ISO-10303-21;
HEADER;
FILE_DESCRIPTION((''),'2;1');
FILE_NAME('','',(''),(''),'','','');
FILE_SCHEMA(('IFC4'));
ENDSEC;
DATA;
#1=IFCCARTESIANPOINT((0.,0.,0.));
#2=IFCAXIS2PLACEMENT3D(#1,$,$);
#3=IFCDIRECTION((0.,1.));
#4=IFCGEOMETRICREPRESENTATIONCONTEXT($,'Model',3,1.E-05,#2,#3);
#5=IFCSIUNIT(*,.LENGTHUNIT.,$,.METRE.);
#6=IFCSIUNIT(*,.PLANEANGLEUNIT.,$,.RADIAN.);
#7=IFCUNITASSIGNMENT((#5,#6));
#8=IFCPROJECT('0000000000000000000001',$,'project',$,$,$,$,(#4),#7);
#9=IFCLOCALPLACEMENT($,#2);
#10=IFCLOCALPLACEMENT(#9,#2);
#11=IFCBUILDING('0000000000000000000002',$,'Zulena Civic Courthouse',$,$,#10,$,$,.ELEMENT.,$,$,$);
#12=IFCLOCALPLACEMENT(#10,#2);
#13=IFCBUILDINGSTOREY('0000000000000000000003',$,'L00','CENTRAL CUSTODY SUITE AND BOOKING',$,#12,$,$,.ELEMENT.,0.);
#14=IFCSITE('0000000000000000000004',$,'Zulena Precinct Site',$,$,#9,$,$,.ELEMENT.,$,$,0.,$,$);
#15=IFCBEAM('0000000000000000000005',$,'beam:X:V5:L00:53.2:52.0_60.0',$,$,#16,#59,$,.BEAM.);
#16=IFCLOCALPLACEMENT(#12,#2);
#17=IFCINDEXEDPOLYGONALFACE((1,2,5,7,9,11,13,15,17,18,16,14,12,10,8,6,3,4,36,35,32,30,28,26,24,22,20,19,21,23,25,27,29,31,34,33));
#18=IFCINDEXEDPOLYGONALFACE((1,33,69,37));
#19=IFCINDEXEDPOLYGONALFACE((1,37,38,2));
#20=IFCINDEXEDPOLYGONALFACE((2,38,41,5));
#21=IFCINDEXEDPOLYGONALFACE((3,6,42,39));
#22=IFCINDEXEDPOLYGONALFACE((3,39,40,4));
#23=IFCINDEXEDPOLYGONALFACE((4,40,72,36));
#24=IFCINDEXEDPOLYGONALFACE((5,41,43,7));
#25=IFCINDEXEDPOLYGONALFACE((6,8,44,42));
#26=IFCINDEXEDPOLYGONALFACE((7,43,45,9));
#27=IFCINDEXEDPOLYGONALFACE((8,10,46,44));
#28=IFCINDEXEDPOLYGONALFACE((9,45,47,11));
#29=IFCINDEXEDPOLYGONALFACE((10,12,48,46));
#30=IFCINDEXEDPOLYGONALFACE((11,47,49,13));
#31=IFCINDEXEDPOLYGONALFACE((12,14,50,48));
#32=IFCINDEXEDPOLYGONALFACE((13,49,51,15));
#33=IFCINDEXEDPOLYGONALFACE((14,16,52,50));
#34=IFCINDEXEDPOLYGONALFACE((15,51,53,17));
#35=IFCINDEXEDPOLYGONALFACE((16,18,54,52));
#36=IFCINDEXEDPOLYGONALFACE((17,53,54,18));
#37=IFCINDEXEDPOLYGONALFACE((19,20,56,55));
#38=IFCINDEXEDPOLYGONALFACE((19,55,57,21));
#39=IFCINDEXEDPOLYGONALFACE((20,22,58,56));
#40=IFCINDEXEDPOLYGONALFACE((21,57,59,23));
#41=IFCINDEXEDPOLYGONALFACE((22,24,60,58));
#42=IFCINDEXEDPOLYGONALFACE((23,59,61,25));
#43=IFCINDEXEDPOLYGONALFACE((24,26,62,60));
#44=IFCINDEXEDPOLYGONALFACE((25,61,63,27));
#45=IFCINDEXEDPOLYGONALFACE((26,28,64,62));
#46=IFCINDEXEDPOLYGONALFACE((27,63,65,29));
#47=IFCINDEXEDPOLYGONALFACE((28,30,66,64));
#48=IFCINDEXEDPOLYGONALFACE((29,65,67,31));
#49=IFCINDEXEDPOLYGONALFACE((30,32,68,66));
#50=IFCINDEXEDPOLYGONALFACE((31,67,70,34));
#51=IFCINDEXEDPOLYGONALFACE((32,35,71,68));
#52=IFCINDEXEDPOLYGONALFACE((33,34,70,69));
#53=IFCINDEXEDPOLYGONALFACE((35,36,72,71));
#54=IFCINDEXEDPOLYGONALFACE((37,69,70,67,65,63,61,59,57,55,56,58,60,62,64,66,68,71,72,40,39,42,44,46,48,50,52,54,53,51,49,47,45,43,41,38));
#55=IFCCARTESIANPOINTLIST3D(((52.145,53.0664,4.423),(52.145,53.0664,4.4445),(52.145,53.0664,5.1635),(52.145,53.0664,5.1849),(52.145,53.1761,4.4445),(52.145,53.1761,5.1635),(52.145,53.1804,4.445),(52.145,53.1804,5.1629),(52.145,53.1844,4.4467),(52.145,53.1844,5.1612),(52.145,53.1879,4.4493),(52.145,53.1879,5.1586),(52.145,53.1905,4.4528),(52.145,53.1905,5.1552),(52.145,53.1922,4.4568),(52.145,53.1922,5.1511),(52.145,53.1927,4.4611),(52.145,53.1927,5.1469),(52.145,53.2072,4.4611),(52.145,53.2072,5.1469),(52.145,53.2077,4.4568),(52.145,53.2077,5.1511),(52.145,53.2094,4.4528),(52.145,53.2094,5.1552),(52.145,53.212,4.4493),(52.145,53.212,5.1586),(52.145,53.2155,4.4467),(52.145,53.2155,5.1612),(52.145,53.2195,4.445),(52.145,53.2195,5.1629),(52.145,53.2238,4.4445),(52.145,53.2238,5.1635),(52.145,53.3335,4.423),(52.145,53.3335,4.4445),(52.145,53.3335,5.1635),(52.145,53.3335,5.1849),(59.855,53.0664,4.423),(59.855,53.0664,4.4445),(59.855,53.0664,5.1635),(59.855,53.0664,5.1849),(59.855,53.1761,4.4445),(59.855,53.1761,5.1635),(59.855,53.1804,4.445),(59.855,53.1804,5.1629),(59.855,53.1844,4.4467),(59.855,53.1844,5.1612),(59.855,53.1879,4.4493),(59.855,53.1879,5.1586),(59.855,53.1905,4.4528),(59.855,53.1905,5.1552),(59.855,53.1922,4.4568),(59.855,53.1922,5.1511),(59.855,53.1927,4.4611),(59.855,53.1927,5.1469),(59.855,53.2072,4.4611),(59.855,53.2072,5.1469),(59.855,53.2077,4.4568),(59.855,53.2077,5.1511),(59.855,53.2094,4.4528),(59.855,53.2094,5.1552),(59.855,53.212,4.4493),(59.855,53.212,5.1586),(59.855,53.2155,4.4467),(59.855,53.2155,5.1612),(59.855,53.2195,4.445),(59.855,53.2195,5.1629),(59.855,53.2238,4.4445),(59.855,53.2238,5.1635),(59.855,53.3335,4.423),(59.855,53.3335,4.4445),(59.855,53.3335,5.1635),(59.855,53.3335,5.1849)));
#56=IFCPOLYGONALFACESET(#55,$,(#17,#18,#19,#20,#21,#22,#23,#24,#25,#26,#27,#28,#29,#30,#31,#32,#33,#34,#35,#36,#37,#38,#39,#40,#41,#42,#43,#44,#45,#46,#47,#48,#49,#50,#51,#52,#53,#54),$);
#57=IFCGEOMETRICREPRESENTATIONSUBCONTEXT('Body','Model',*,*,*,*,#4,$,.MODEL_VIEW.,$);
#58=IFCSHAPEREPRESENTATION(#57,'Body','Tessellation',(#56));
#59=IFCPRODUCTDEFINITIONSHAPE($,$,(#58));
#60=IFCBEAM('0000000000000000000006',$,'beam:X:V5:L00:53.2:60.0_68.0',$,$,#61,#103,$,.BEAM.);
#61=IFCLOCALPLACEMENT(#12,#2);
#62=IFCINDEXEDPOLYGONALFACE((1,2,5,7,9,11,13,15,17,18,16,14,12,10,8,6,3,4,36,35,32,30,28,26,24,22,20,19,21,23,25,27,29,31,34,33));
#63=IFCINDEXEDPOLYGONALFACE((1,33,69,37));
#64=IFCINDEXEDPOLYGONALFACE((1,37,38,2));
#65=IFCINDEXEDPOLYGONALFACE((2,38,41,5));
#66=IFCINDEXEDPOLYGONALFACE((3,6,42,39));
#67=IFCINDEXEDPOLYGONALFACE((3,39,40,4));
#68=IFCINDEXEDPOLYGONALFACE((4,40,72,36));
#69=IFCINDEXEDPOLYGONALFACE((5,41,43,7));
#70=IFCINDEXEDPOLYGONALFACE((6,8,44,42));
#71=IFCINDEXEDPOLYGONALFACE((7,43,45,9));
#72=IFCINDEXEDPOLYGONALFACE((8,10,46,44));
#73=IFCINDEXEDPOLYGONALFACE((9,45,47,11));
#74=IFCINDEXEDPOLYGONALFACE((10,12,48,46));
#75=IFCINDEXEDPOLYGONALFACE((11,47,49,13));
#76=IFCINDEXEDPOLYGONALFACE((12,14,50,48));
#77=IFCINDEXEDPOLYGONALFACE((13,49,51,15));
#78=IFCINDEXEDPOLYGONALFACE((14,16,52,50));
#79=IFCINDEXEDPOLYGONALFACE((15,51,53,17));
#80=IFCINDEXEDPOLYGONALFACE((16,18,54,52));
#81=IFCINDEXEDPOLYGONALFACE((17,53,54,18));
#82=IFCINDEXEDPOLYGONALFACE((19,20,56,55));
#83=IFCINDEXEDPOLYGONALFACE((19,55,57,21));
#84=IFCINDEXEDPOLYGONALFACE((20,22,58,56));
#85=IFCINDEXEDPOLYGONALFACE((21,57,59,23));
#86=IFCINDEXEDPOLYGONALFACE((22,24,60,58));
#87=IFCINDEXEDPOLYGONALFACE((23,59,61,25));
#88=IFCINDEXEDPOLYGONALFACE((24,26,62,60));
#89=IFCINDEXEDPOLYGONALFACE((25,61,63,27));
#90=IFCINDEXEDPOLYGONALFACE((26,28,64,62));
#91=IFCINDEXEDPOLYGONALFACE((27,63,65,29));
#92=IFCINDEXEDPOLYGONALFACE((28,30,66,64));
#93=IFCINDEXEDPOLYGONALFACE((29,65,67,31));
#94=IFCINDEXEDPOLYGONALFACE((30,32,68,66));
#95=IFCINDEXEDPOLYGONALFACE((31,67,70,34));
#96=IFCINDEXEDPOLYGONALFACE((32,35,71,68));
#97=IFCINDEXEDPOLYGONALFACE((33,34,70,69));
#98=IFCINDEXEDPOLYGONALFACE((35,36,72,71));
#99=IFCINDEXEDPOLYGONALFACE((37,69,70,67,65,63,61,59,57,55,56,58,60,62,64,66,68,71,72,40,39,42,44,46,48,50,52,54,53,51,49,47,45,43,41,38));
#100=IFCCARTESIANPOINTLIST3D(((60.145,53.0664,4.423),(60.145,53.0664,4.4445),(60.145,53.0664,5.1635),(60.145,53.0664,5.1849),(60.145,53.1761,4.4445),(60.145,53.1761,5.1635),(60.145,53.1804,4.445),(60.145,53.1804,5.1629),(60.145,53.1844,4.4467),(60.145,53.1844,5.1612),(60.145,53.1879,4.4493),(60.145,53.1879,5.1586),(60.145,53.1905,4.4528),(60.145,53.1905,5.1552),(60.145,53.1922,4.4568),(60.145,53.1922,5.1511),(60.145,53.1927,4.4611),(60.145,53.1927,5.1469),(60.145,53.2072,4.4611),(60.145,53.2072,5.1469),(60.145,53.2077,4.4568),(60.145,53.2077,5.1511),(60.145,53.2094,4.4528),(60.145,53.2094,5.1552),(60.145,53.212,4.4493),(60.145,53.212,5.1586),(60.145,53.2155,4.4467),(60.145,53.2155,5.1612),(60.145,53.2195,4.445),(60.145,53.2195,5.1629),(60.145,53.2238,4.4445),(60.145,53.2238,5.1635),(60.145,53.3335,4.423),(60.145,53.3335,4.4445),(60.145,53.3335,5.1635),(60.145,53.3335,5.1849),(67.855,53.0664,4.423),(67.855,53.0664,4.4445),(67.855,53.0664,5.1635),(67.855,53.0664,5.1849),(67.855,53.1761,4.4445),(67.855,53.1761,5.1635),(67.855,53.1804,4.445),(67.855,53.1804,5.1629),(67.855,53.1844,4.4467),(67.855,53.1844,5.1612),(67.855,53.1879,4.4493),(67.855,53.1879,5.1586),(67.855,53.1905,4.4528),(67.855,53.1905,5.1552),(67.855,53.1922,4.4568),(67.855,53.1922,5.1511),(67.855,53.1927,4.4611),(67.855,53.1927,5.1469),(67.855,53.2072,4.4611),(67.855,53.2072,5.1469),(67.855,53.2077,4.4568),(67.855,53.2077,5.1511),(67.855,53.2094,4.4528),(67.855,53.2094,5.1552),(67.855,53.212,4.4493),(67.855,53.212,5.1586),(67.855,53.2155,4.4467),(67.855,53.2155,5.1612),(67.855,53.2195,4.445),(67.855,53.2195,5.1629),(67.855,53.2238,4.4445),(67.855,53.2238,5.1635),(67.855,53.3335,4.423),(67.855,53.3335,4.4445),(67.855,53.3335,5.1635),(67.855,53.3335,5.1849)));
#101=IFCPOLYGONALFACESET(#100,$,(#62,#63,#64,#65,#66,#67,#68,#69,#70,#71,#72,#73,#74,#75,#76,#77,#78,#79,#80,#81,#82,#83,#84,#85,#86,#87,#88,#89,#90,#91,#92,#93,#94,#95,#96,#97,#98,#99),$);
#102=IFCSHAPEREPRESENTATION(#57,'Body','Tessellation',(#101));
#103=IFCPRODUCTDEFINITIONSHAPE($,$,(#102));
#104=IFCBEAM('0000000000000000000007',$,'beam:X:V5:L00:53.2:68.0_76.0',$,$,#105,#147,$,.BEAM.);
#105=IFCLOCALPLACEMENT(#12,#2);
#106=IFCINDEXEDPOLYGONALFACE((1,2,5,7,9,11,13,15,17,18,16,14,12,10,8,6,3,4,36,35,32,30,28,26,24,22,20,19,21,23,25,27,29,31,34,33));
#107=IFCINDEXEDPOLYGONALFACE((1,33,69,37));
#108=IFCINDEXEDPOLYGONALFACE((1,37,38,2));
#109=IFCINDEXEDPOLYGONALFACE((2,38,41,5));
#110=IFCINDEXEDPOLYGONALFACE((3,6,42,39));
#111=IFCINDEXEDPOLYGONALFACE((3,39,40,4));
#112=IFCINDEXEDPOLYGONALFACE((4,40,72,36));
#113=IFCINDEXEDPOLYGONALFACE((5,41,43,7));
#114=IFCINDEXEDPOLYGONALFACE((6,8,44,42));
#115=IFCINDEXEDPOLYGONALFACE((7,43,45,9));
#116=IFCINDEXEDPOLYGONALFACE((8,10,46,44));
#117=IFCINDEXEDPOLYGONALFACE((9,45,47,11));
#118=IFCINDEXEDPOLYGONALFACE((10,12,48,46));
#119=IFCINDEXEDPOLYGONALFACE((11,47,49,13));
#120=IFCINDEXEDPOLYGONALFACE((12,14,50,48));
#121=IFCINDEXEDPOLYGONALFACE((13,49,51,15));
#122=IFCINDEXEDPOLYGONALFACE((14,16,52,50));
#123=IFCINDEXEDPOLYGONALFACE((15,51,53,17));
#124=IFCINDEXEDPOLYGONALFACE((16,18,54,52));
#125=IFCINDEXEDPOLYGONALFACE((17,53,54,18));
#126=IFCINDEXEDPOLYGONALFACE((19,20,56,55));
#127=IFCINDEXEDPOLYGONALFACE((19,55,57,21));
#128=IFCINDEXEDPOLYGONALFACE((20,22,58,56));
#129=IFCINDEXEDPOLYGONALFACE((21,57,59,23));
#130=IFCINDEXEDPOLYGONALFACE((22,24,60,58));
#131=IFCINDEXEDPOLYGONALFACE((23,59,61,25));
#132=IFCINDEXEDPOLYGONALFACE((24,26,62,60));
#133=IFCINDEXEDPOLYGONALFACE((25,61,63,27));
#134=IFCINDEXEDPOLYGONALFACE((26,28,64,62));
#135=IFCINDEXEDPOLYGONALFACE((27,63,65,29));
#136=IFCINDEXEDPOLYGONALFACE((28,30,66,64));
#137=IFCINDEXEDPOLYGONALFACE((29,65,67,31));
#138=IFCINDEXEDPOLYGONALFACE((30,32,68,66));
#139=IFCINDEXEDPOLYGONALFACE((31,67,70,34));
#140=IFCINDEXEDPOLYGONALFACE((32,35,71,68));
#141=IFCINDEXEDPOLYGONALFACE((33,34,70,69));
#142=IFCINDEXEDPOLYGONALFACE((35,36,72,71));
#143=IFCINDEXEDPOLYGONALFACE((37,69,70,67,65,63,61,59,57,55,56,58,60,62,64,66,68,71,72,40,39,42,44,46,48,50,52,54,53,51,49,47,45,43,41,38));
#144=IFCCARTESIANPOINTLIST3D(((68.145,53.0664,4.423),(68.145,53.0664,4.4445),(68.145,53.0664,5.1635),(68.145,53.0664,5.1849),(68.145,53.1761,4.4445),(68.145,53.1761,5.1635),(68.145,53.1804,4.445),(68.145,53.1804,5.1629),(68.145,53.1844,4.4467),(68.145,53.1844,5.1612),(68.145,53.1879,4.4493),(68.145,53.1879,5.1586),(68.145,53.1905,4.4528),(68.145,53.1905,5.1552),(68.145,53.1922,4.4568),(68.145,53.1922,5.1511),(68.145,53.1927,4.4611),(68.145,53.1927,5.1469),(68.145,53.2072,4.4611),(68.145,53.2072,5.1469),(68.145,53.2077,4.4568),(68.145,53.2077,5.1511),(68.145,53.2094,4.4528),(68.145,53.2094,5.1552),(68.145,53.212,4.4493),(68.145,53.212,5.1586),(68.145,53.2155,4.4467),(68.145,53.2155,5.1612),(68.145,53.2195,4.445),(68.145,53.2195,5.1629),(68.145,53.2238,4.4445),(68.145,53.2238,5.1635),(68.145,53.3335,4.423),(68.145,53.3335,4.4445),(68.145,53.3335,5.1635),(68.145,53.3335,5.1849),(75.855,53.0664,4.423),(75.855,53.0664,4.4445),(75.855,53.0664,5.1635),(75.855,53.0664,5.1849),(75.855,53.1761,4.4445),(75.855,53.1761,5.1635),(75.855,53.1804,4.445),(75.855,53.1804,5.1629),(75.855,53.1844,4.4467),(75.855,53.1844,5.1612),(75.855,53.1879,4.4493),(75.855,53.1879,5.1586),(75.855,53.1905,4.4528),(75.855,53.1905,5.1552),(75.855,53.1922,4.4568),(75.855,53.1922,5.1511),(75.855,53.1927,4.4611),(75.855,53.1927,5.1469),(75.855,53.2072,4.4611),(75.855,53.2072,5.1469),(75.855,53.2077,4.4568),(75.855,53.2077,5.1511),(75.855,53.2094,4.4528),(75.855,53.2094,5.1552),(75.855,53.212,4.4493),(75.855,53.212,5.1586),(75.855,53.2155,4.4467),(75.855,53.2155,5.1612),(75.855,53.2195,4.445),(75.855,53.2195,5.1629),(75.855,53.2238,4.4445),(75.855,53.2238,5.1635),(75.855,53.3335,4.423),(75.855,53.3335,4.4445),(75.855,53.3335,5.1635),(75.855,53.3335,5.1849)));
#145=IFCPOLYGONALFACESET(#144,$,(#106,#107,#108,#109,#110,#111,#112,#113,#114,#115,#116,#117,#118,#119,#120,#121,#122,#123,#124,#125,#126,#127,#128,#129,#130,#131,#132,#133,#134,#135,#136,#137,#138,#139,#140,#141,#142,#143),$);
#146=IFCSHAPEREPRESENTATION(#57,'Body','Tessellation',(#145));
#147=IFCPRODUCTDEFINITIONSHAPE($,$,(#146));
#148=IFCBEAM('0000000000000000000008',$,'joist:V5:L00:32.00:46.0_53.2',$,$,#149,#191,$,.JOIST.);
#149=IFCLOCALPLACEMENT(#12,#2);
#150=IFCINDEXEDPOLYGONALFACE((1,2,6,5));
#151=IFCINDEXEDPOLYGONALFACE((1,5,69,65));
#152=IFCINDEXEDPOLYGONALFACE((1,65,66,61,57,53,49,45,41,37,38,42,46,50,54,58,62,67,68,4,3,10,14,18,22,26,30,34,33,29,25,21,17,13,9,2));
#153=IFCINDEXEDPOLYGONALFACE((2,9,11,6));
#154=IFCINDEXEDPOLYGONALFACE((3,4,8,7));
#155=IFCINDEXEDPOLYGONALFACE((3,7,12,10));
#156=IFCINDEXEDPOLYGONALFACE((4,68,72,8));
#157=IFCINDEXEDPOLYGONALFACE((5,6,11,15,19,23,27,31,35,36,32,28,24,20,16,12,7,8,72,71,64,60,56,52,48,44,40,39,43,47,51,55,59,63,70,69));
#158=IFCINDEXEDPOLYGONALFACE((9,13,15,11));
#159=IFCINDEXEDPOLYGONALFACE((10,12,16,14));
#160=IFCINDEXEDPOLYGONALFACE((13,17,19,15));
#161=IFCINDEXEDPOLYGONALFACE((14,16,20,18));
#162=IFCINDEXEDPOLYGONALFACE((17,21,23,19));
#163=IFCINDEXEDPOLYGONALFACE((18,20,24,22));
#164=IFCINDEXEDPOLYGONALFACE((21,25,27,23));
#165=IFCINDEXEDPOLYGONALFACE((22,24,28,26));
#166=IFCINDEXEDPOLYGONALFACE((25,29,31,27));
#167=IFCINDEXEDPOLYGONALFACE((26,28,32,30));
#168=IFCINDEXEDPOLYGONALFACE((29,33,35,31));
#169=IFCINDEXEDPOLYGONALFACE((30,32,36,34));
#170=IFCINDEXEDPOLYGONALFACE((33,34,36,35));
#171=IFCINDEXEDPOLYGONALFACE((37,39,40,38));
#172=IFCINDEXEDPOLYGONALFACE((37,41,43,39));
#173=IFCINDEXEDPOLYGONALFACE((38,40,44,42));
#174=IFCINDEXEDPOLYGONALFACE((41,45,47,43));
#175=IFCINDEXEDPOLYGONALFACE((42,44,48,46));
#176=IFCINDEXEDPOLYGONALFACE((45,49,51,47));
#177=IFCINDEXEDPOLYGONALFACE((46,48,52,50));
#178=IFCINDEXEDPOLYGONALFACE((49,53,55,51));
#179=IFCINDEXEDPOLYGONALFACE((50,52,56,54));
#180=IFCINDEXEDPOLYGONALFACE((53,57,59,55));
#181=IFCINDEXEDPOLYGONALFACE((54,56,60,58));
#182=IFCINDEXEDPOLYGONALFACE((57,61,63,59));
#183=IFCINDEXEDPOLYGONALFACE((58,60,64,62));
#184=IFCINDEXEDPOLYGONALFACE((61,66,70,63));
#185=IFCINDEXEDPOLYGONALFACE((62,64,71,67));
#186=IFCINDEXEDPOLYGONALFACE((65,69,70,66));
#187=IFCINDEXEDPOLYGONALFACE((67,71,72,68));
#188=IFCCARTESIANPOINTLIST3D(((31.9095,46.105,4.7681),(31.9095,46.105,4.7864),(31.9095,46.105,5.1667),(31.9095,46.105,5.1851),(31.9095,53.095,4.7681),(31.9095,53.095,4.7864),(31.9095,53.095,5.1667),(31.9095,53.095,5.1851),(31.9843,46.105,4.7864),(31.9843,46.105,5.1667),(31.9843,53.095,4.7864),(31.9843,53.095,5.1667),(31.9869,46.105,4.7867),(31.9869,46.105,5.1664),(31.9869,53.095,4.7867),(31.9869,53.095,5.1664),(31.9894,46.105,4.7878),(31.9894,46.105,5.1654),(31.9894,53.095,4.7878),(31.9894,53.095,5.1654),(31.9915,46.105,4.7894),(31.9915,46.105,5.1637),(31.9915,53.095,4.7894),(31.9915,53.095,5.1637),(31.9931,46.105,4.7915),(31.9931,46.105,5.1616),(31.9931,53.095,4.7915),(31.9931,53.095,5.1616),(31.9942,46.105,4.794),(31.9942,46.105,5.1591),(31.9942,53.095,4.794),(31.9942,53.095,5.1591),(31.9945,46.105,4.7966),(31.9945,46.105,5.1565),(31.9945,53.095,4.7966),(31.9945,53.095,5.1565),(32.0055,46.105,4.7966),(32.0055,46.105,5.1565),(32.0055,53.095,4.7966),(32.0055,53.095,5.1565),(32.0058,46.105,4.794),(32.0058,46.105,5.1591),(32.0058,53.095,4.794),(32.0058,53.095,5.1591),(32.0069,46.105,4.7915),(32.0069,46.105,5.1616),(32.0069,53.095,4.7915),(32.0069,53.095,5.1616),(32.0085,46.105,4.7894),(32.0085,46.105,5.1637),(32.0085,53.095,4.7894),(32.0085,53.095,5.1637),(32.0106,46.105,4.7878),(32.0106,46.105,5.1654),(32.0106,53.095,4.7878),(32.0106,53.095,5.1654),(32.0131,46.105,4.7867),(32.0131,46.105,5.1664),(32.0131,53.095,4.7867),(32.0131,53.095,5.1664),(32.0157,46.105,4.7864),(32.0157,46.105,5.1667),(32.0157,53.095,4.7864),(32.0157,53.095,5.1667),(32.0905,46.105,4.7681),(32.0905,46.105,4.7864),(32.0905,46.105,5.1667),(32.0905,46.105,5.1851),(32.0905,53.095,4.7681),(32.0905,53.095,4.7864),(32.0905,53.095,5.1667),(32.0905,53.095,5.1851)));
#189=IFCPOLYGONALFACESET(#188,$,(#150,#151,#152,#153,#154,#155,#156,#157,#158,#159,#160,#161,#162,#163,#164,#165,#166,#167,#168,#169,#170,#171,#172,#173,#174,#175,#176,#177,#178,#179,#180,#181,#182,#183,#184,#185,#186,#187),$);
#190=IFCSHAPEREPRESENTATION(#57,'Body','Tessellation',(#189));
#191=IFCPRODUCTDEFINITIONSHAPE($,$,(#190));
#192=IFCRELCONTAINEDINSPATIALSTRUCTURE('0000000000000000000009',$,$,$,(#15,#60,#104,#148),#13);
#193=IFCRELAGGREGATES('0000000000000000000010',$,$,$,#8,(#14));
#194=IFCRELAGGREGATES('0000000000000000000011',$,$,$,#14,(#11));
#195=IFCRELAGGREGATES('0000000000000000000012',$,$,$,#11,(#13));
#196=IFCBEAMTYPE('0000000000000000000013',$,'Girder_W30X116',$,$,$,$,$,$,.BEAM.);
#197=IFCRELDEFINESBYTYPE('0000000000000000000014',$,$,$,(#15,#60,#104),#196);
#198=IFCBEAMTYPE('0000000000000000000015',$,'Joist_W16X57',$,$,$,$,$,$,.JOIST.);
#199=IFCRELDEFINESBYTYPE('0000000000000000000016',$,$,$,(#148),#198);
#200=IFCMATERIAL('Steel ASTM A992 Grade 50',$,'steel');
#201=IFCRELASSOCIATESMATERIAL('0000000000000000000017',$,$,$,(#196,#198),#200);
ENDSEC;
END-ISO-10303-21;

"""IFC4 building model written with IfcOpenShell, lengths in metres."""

from ifc_helpers import new_model, si_unit, direction, frame, origin, origin_2d, place, context, subcontext, project, spatial, i_section, extrude, material, material_profile, profile_set, type_object, element, save


model = new_model("IFC4")

# Units and contexts
model_context = context("Model", 3, precision=1e-05, world=origin(), true_north=direction((0.0, 1.0)))
body_context = subcontext(model_context, "Body", "Model", "MODEL_VIEW")
ifc_project = project(units=[si_unit("LENGTHUNIT", "METRE"), si_unit("PLANEANGLEUNIT", "RADIAN")], contexts=[model_context])

# Site, building, storey
site_placement = place(None, origin())
site = spatial("IfcSite", under=ifc_project, at=site_placement, Name="Zulena Precinct Site", CompositionType="ELEMENT", RefElevation=0.0)
building_placement = place(site_placement, origin())
building = spatial("IfcBuilding", under=site, at=building_placement, Name="Zulena Civic Courthouse", CompositionType="ELEMENT")
storey_placement = place(building_placement, origin())
storey = spatial("IfcBuildingStorey", under=building, at=storey_placement, Name="L00", Description="CENTRAL CUSTODY SUITE AND BOOKING", CompositionType="ELEMENT", Elevation=0.0)

# Shared definitions
ifc_material_1 = material(Name="Steel ASTM A992 Grade 50", Category="steel")

# Beams
ifc_material_profile_1 = material_profile(ifc_material_1, i_section(OverallWidth=0.2671, OverallDepth=0.762, WebThickness=0.0144, FlangeThickness=0.0215, FilletRadius=0.0166, at=origin_2d()), Name="W30X116")
ifc_profile_set_1 = profile_set([ifc_material_profile_1], Name="Steel ASTM A992 Grade 50")
beam_type_1 = type_object("IfcBeamType", Name="Girder_W30X116", PredefinedType="BEAM", material=ifc_profile_set_1)
for number, where, z_axis, x_axis, name in (
    (1, (52.145, 53.2, 4.804), (1.0, 0.0, 0.0), (0.0, 1.0, 0.0), "beam:X:V5:L00:53.2:52.0_60.0"),
    (2, (60.145, 53.2, 4.804), (1.0, 0.0, 0.0), (0.0, 1.0, 0.0), "beam:X:V5:L00:53.2:60.0_68.0"),
    (3, (68.145, 53.2, 4.804), (1.0, 0.0, 0.0), (0.0, 1.0, 0.0), "beam:X:V5:L00:53.2:68.0_76.0"),
):
    element("IfcBeam", number, at=place(storey_placement, frame(where, z_axis=z_axis, x_axis=x_axis)), inside=storey, type_object=beam_type_1, Name=name, PredefinedType="BEAM", context=body_context, shape_type="SweptSolid", body=[
        extrude(i_section(OverallWidth=0.2671, OverallDepth=0.762, WebThickness=0.0144, FlangeThickness=0.0215, FilletRadius=0.0166, at=origin_2d()), origin(), (0.0, 0.0, 1.0), 7.71),
    ])
ifc_material_profile_2 = material_profile(ifc_material_1, i_section(OverallWidth=0.1809, OverallDepth=0.417, WebThickness=0.011, FlangeThickness=0.0183, FilletRadius=0.0103, at=origin_2d()), Name="W16X57")
ifc_profile_set_2 = profile_set([ifc_material_profile_2], Name="Steel ASTM A992 Grade 50")
beam_type_2 = type_object("IfcBeamType", Name="Joist_W16X57", PredefinedType="JOIST", material=ifc_profile_set_2)
beam_1_placement = place(storey_placement, frame((32.0, 46.105, 4.9766), z_axis=(0.0, 1.0, 0.0), x_axis=(-1.0, 0.0, 0.0)))
element("IfcBeam", 4, at=beam_1_placement, inside=storey, type_object=beam_type_2, Name="joist:V5:L00:32.00:46.0_53.2", PredefinedType="JOIST", context=body_context, shape_type="SweptSolid", body=[
    extrude(i_section(OverallWidth=0.1809, OverallDepth=0.417, WebThickness=0.011, FlangeThickness=0.0183, FilletRadius=0.0103, at=origin_2d()), origin(), (0.0, 0.0, 1.0), 6.99),
])

save(model, "model.ifc")
